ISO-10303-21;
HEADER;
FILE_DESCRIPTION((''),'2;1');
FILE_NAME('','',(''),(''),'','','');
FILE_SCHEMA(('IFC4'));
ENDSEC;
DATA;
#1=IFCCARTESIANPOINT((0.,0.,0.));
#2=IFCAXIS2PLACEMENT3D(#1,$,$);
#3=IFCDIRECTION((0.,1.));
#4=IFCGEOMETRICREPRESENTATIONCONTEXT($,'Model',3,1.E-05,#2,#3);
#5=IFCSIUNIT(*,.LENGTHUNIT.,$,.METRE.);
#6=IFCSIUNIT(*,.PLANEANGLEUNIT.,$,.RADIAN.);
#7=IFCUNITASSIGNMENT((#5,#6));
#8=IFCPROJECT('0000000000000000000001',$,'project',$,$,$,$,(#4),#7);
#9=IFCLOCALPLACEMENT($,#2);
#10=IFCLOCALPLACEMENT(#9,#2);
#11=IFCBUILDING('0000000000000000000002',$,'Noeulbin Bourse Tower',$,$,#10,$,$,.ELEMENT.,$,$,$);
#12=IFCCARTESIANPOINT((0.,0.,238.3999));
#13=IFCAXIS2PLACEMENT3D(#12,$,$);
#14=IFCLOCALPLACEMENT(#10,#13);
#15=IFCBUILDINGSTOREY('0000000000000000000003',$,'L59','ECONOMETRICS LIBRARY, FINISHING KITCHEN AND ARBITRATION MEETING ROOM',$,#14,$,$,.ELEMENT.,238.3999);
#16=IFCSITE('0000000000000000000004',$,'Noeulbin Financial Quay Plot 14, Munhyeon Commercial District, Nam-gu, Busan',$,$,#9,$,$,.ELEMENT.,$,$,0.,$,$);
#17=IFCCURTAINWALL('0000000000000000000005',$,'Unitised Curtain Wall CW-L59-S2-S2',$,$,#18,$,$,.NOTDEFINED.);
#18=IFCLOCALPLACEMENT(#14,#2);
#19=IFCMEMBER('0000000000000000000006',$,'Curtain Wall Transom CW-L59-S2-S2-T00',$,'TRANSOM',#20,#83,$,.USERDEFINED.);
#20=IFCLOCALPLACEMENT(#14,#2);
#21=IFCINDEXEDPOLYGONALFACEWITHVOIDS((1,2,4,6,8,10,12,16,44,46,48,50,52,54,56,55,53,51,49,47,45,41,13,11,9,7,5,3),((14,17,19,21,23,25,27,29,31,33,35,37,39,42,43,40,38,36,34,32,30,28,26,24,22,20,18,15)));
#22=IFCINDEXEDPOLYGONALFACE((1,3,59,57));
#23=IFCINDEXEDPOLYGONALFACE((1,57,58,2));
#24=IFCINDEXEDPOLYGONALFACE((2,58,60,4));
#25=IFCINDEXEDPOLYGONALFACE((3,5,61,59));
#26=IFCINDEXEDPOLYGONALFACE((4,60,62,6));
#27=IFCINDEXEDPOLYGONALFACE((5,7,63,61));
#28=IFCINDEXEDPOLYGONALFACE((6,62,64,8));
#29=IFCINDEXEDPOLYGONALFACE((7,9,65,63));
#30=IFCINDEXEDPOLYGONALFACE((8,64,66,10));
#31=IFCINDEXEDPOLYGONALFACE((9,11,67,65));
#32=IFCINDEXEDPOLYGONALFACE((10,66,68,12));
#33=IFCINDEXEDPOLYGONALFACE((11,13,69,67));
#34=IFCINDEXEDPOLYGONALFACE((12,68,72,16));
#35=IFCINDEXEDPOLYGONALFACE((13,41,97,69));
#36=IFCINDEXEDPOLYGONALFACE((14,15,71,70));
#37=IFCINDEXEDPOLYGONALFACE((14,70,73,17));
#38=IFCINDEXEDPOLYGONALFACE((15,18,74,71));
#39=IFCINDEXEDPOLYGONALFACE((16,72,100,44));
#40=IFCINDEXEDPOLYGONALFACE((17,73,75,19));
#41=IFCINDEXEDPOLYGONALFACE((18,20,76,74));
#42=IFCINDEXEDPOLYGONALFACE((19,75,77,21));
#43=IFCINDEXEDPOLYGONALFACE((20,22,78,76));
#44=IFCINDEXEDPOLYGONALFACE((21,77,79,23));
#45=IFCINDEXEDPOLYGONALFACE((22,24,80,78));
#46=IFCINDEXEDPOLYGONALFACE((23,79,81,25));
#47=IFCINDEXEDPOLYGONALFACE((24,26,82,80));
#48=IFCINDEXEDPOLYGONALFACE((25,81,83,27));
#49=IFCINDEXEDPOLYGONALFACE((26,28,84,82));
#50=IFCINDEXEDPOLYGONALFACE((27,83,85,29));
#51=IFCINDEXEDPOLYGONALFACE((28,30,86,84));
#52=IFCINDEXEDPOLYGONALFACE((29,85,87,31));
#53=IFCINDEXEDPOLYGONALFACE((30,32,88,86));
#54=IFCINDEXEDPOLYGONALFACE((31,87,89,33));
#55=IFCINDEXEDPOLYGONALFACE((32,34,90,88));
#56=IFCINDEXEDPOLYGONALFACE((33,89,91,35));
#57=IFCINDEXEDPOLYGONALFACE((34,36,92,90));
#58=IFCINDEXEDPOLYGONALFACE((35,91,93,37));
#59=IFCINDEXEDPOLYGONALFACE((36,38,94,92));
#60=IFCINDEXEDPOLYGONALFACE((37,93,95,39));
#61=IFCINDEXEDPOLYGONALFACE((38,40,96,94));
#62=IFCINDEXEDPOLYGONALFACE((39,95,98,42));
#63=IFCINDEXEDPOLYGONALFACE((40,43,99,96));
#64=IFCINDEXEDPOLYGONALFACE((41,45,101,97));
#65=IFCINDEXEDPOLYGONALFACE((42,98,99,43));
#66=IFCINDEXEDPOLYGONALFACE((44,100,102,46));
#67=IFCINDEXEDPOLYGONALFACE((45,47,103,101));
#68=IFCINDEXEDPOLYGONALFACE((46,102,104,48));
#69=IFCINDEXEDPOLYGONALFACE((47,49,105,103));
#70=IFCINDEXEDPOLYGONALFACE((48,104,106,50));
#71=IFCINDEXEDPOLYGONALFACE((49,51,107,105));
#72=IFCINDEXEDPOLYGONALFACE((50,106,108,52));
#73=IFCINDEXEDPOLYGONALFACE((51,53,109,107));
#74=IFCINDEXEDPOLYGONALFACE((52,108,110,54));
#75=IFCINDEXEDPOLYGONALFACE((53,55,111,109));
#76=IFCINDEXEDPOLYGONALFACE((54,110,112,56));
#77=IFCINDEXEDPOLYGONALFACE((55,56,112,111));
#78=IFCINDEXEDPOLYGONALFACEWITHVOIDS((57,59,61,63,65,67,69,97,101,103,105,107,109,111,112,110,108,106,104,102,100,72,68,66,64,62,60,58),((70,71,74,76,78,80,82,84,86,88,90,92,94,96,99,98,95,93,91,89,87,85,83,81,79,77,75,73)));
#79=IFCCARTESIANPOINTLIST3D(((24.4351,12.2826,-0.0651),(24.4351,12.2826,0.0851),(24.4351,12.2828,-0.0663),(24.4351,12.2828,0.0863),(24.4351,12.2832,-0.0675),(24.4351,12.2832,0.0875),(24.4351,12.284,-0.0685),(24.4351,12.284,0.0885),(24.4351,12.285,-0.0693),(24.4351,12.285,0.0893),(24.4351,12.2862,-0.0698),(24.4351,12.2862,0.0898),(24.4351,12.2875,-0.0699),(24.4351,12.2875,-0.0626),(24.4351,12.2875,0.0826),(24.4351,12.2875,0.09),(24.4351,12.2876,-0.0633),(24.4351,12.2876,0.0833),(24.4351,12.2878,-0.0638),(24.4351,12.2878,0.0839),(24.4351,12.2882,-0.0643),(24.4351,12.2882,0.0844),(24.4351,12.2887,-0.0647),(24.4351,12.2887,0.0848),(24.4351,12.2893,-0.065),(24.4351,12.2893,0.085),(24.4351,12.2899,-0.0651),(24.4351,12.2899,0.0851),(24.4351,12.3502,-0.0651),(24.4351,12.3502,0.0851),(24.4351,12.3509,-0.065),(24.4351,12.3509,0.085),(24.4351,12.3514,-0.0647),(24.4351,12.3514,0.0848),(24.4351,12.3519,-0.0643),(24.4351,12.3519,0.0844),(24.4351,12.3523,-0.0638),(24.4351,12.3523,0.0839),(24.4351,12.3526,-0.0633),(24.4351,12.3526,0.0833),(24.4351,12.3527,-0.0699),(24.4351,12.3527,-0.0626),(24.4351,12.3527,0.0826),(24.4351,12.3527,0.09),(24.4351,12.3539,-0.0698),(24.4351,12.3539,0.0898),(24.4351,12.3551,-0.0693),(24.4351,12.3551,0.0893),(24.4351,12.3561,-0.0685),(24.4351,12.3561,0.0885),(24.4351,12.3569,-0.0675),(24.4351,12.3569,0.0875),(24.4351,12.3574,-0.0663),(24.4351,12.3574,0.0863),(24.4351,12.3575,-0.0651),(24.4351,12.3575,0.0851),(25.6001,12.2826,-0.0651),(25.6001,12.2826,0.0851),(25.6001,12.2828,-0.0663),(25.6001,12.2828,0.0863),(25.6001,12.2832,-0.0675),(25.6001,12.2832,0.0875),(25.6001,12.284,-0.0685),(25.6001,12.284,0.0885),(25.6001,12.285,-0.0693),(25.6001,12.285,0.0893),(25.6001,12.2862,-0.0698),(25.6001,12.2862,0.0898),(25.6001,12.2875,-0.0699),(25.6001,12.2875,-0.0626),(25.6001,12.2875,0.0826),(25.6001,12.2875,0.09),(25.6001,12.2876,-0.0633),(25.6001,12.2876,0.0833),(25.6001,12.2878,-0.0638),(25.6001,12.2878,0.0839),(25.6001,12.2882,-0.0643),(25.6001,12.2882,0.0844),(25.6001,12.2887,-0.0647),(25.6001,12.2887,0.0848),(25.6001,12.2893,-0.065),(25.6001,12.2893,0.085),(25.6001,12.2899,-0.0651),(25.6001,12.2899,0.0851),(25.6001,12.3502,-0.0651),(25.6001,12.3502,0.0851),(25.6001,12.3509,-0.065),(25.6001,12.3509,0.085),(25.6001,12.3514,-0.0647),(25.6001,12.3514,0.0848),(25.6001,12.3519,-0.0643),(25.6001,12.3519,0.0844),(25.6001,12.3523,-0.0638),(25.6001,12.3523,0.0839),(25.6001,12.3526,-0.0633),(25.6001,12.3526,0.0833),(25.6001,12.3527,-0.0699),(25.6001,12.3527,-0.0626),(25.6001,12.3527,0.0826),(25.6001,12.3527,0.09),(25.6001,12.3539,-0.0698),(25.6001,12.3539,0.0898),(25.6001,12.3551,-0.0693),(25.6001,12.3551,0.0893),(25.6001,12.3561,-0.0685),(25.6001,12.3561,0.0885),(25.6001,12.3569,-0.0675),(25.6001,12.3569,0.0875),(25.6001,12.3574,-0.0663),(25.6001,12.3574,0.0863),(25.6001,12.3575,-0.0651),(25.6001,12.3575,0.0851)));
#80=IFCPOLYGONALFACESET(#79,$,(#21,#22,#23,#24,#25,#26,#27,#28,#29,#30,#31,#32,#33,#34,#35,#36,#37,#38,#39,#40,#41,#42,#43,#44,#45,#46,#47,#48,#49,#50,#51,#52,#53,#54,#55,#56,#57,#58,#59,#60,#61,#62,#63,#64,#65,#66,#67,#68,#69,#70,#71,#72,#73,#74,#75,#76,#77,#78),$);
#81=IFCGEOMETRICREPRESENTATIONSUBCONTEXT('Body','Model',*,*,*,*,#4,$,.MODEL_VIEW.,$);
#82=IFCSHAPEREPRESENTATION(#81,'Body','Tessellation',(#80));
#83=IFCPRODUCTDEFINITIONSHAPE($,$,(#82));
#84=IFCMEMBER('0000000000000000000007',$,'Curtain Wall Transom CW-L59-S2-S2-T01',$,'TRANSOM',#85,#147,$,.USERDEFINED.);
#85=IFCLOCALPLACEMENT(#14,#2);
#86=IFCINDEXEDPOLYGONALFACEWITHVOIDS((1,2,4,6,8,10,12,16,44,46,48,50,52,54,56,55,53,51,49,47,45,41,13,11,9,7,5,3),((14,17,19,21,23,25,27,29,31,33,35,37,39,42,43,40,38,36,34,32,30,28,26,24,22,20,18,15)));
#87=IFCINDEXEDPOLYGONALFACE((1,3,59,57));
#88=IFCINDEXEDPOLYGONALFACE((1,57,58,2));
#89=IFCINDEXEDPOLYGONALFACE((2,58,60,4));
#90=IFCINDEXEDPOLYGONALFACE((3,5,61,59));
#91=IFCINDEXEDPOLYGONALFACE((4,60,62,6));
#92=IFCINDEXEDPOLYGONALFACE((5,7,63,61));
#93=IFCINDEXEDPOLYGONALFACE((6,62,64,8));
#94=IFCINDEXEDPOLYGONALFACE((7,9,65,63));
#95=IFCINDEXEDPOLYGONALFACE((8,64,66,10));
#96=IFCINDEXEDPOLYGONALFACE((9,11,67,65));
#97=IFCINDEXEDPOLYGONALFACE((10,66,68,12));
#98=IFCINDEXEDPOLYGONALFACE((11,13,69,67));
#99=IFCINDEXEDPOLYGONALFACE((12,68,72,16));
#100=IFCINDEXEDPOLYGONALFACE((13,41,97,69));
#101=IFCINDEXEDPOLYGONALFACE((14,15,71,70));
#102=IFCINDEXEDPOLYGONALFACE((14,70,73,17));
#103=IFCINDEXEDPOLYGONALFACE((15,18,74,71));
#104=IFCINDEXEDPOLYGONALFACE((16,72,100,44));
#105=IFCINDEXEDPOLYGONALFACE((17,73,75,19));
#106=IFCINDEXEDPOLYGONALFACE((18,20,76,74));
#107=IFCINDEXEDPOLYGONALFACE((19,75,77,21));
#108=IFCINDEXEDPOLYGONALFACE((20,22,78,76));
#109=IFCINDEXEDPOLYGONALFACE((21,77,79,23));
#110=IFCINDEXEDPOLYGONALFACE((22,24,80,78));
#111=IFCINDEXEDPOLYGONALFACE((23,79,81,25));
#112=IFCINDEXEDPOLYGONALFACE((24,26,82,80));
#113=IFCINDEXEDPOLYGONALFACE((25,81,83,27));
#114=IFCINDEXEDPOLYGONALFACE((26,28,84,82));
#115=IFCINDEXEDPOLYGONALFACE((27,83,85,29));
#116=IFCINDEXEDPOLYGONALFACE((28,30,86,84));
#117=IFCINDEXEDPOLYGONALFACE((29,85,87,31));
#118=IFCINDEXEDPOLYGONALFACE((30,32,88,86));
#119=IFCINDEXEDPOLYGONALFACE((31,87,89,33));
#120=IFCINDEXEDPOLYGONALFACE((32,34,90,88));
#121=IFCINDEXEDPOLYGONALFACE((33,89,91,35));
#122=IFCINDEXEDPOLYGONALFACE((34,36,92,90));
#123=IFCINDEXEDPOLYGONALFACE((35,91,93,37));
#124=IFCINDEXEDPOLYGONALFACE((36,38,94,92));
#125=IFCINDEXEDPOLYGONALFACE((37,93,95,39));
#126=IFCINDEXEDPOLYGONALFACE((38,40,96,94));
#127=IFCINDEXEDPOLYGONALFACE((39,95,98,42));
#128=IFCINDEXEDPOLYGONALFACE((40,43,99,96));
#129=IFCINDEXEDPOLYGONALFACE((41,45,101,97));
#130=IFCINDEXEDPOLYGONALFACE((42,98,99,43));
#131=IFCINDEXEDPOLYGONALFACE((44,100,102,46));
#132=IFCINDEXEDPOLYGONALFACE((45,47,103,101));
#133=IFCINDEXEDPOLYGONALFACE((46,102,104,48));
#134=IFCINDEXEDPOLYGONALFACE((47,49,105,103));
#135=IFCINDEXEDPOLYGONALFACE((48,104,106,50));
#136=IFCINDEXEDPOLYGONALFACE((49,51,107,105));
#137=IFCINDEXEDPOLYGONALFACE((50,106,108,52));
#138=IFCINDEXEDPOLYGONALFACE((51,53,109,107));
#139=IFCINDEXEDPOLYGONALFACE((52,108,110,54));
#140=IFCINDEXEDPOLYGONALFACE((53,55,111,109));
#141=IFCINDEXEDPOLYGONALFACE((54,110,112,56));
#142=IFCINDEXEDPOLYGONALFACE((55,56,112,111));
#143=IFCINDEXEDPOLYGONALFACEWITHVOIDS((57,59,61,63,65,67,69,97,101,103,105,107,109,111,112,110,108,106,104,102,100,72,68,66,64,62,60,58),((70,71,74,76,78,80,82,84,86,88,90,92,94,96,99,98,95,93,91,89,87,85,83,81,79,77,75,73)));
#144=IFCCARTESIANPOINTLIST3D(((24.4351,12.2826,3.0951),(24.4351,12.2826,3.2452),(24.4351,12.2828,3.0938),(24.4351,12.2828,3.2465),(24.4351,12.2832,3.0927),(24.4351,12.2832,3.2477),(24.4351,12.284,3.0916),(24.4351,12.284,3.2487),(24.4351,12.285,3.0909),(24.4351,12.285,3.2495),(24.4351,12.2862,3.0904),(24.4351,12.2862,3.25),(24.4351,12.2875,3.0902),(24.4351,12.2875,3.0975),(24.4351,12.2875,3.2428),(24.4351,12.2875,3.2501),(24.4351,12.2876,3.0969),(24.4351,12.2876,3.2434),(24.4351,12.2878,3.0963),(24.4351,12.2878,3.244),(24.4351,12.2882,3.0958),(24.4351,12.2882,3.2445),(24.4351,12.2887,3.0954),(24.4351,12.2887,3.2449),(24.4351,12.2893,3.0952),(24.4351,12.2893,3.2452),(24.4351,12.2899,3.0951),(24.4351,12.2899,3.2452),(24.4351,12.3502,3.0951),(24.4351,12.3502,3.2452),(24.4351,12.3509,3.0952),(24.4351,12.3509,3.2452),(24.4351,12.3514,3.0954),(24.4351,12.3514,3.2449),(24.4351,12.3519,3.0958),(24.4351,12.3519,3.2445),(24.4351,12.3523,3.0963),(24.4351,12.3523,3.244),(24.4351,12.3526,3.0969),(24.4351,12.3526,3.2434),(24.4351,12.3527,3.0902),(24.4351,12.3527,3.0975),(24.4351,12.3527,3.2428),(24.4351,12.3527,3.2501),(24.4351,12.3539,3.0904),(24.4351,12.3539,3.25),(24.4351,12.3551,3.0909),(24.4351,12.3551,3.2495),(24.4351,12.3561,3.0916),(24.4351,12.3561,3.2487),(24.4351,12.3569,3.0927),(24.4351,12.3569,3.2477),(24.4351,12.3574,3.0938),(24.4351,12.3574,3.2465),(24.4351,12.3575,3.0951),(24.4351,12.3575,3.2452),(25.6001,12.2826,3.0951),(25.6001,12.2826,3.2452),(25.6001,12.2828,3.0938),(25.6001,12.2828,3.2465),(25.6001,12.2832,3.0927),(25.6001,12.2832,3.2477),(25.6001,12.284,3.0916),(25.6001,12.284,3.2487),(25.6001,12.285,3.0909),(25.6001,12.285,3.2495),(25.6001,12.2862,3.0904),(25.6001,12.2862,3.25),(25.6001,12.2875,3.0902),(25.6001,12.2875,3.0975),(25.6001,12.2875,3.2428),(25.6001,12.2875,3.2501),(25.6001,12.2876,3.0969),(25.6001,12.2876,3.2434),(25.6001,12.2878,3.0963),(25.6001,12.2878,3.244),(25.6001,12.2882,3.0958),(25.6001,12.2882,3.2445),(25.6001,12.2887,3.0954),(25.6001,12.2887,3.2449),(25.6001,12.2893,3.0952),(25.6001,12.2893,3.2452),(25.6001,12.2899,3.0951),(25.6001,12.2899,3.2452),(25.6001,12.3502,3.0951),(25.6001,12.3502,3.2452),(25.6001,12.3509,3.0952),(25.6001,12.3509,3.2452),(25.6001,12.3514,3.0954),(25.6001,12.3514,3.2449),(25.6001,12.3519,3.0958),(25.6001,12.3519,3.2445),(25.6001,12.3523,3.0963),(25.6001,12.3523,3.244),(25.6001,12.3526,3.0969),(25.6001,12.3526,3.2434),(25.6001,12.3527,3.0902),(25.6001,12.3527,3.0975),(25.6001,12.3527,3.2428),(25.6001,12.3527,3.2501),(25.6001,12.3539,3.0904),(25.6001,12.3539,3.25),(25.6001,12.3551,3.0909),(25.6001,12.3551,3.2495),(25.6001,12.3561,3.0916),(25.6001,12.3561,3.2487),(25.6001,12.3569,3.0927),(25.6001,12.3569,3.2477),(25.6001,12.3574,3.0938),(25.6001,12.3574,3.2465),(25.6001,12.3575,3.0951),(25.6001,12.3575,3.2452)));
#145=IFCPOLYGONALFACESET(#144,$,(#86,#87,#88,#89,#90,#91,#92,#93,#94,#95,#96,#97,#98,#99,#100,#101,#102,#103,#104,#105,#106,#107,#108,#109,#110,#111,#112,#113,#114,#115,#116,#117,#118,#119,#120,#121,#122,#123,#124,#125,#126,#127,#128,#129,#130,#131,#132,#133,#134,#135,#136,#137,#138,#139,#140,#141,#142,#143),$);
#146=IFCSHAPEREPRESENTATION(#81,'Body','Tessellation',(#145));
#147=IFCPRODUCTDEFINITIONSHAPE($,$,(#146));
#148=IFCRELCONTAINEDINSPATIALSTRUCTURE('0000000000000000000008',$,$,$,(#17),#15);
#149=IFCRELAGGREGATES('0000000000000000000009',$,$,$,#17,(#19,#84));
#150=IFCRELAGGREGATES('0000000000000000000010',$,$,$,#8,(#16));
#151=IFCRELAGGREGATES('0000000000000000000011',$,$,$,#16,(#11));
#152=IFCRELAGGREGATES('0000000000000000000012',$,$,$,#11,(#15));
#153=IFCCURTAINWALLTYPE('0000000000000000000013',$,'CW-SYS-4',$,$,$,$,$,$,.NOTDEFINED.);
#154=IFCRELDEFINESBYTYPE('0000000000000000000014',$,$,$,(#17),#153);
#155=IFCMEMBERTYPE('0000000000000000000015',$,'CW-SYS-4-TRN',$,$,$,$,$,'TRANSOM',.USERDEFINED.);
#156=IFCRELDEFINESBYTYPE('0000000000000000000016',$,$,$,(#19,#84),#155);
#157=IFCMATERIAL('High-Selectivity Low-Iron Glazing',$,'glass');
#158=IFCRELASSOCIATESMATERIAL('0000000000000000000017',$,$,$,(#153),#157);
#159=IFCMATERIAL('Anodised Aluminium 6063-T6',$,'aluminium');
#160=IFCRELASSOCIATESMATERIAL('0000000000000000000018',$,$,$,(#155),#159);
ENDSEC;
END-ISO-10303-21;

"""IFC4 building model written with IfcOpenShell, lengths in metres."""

from ifc_helpers import new_model, si_unit, direction, frame, origin, origin_2d, place, context, subcontext, project, spatial, hollow_rectangle, extrude, material, material_profile, profile_set, type_object, element, aggregate, save


model = new_model("IFC4")

# Units and contexts
model_context = context("Model", 3, precision=1e-05, world=origin(), true_north=direction((0.0, 1.0)))
body_context = subcontext(model_context, "Body", "Model", "MODEL_VIEW")
ifc_project = project(units=[si_unit("LENGTHUNIT", "METRE"), si_unit("PLANEANGLEUNIT", "RADIAN")], contexts=[model_context])

# Site, building, storey
site_placement = place(None, origin())
site = spatial("IfcSite", under=ifc_project, at=site_placement, Name="Noeulbin Financial Quay Plot 14, Munhyeon Commercial District, Nam-gu, Busan", CompositionType="ELEMENT", RefElevation=0.0)
building_placement = place(site_placement, origin())
building = spatial("IfcBuilding", under=site, at=building_placement, Name="Noeulbin Bourse Tower", CompositionType="ELEMENT")
storey_placement = place(building_placement, frame((0.0, 0.0, 238.3999)))
storey = spatial("IfcBuildingStorey", under=building, at=storey_placement, Name="L59", Description="ECONOMETRICS LIBRARY, FINISHING KITCHEN AND ARBITRATION MEETING ROOM", CompositionType="ELEMENT", Elevation=238.3999)

# Curtain wall
ifc_material_1 = material(Name="High-Selectivity Low-Iron Glazing", Category="glass")
curtain_wall_type = type_object("IfcCurtainWallType", Name="CW-SYS-4", PredefinedType="NOTDEFINED", material=ifc_material_1)
ifc_material_2 = material(Name="Anodised Aluminium 6063-T6", Category="aluminium")
curtain_wall_1_placement = place(storey_placement, origin())
curtain_wall_1 = element("IfcCurtainWall", 1, at=curtain_wall_1_placement, inside=storey, type_object=curtain_wall_type, Name="Unitised Curtain Wall CW-L59-S2-S2", PredefinedType="NOTDEFINED")

# Members
ifc_material_profile_1 = material_profile(ifc_material_2, hollow_rectangle(XDim=0.075, YDim=0.1599, WallThickness=0.0049, InnerFilletRadius=0.0024, OuterFilletRadius=0.0049, at=origin_2d()), Name="ALU-TRAN-75x160x5", Category="LoadBearing")
ifc_profile_set_1 = profile_set([ifc_material_profile_1], Name="Anodised Aluminium 6063-T6")
member_type_1 = type_object("IfcMemberType", Name="CW-SYS-4-TRN", ElementType="TRANSOM", PredefinedType="USERDEFINED", material=ifc_profile_set_1)
member_1_placement = place(storey_placement, frame((24.4351, 12.3201, 0.01), z_axis=(1.0, 0.0, 0.0), x_axis=(0.0, 1.0, 0.0)))
member_1 = element("IfcMember", 2, at=member_1_placement, type_object=member_type_1, Name="Curtain Wall Transom CW-L59-S2-S2-T00", ObjectType="TRANSOM", PredefinedType="USERDEFINED", context=body_context, shape_type="SweptSolid", body=[
    extrude(hollow_rectangle(XDim=0.075, YDim=0.1599, WallThickness=0.0049, InnerFilletRadius=0.0024, OuterFilletRadius=0.0049, at=origin_2d()), origin(), (0.0, 0.0, 1.0), 1.165),
])
member_2_placement = place(storey_placement, frame((24.4351, 12.3201, 3.1702), z_axis=(1.0, 0.0, 0.0), x_axis=(0.0, 1.0, 0.0)))
member_2 = element("IfcMember", 3, at=member_2_placement, type_object=member_type_1, Name="Curtain Wall Transom CW-L59-S2-S2-T01", ObjectType="TRANSOM", PredefinedType="USERDEFINED", context=body_context, shape_type="SweptSolid", body=[
    extrude(hollow_rectangle(XDim=0.075, YDim=0.1599, WallThickness=0.0049, InnerFilletRadius=0.0024, OuterFilletRadius=0.0049, at=origin_2d()), origin(), (0.0, 0.0, 1.0), 1.165),
])

aggregate(curtain_wall_1, [member_1, member_2])

save(model, "model.ifc")
